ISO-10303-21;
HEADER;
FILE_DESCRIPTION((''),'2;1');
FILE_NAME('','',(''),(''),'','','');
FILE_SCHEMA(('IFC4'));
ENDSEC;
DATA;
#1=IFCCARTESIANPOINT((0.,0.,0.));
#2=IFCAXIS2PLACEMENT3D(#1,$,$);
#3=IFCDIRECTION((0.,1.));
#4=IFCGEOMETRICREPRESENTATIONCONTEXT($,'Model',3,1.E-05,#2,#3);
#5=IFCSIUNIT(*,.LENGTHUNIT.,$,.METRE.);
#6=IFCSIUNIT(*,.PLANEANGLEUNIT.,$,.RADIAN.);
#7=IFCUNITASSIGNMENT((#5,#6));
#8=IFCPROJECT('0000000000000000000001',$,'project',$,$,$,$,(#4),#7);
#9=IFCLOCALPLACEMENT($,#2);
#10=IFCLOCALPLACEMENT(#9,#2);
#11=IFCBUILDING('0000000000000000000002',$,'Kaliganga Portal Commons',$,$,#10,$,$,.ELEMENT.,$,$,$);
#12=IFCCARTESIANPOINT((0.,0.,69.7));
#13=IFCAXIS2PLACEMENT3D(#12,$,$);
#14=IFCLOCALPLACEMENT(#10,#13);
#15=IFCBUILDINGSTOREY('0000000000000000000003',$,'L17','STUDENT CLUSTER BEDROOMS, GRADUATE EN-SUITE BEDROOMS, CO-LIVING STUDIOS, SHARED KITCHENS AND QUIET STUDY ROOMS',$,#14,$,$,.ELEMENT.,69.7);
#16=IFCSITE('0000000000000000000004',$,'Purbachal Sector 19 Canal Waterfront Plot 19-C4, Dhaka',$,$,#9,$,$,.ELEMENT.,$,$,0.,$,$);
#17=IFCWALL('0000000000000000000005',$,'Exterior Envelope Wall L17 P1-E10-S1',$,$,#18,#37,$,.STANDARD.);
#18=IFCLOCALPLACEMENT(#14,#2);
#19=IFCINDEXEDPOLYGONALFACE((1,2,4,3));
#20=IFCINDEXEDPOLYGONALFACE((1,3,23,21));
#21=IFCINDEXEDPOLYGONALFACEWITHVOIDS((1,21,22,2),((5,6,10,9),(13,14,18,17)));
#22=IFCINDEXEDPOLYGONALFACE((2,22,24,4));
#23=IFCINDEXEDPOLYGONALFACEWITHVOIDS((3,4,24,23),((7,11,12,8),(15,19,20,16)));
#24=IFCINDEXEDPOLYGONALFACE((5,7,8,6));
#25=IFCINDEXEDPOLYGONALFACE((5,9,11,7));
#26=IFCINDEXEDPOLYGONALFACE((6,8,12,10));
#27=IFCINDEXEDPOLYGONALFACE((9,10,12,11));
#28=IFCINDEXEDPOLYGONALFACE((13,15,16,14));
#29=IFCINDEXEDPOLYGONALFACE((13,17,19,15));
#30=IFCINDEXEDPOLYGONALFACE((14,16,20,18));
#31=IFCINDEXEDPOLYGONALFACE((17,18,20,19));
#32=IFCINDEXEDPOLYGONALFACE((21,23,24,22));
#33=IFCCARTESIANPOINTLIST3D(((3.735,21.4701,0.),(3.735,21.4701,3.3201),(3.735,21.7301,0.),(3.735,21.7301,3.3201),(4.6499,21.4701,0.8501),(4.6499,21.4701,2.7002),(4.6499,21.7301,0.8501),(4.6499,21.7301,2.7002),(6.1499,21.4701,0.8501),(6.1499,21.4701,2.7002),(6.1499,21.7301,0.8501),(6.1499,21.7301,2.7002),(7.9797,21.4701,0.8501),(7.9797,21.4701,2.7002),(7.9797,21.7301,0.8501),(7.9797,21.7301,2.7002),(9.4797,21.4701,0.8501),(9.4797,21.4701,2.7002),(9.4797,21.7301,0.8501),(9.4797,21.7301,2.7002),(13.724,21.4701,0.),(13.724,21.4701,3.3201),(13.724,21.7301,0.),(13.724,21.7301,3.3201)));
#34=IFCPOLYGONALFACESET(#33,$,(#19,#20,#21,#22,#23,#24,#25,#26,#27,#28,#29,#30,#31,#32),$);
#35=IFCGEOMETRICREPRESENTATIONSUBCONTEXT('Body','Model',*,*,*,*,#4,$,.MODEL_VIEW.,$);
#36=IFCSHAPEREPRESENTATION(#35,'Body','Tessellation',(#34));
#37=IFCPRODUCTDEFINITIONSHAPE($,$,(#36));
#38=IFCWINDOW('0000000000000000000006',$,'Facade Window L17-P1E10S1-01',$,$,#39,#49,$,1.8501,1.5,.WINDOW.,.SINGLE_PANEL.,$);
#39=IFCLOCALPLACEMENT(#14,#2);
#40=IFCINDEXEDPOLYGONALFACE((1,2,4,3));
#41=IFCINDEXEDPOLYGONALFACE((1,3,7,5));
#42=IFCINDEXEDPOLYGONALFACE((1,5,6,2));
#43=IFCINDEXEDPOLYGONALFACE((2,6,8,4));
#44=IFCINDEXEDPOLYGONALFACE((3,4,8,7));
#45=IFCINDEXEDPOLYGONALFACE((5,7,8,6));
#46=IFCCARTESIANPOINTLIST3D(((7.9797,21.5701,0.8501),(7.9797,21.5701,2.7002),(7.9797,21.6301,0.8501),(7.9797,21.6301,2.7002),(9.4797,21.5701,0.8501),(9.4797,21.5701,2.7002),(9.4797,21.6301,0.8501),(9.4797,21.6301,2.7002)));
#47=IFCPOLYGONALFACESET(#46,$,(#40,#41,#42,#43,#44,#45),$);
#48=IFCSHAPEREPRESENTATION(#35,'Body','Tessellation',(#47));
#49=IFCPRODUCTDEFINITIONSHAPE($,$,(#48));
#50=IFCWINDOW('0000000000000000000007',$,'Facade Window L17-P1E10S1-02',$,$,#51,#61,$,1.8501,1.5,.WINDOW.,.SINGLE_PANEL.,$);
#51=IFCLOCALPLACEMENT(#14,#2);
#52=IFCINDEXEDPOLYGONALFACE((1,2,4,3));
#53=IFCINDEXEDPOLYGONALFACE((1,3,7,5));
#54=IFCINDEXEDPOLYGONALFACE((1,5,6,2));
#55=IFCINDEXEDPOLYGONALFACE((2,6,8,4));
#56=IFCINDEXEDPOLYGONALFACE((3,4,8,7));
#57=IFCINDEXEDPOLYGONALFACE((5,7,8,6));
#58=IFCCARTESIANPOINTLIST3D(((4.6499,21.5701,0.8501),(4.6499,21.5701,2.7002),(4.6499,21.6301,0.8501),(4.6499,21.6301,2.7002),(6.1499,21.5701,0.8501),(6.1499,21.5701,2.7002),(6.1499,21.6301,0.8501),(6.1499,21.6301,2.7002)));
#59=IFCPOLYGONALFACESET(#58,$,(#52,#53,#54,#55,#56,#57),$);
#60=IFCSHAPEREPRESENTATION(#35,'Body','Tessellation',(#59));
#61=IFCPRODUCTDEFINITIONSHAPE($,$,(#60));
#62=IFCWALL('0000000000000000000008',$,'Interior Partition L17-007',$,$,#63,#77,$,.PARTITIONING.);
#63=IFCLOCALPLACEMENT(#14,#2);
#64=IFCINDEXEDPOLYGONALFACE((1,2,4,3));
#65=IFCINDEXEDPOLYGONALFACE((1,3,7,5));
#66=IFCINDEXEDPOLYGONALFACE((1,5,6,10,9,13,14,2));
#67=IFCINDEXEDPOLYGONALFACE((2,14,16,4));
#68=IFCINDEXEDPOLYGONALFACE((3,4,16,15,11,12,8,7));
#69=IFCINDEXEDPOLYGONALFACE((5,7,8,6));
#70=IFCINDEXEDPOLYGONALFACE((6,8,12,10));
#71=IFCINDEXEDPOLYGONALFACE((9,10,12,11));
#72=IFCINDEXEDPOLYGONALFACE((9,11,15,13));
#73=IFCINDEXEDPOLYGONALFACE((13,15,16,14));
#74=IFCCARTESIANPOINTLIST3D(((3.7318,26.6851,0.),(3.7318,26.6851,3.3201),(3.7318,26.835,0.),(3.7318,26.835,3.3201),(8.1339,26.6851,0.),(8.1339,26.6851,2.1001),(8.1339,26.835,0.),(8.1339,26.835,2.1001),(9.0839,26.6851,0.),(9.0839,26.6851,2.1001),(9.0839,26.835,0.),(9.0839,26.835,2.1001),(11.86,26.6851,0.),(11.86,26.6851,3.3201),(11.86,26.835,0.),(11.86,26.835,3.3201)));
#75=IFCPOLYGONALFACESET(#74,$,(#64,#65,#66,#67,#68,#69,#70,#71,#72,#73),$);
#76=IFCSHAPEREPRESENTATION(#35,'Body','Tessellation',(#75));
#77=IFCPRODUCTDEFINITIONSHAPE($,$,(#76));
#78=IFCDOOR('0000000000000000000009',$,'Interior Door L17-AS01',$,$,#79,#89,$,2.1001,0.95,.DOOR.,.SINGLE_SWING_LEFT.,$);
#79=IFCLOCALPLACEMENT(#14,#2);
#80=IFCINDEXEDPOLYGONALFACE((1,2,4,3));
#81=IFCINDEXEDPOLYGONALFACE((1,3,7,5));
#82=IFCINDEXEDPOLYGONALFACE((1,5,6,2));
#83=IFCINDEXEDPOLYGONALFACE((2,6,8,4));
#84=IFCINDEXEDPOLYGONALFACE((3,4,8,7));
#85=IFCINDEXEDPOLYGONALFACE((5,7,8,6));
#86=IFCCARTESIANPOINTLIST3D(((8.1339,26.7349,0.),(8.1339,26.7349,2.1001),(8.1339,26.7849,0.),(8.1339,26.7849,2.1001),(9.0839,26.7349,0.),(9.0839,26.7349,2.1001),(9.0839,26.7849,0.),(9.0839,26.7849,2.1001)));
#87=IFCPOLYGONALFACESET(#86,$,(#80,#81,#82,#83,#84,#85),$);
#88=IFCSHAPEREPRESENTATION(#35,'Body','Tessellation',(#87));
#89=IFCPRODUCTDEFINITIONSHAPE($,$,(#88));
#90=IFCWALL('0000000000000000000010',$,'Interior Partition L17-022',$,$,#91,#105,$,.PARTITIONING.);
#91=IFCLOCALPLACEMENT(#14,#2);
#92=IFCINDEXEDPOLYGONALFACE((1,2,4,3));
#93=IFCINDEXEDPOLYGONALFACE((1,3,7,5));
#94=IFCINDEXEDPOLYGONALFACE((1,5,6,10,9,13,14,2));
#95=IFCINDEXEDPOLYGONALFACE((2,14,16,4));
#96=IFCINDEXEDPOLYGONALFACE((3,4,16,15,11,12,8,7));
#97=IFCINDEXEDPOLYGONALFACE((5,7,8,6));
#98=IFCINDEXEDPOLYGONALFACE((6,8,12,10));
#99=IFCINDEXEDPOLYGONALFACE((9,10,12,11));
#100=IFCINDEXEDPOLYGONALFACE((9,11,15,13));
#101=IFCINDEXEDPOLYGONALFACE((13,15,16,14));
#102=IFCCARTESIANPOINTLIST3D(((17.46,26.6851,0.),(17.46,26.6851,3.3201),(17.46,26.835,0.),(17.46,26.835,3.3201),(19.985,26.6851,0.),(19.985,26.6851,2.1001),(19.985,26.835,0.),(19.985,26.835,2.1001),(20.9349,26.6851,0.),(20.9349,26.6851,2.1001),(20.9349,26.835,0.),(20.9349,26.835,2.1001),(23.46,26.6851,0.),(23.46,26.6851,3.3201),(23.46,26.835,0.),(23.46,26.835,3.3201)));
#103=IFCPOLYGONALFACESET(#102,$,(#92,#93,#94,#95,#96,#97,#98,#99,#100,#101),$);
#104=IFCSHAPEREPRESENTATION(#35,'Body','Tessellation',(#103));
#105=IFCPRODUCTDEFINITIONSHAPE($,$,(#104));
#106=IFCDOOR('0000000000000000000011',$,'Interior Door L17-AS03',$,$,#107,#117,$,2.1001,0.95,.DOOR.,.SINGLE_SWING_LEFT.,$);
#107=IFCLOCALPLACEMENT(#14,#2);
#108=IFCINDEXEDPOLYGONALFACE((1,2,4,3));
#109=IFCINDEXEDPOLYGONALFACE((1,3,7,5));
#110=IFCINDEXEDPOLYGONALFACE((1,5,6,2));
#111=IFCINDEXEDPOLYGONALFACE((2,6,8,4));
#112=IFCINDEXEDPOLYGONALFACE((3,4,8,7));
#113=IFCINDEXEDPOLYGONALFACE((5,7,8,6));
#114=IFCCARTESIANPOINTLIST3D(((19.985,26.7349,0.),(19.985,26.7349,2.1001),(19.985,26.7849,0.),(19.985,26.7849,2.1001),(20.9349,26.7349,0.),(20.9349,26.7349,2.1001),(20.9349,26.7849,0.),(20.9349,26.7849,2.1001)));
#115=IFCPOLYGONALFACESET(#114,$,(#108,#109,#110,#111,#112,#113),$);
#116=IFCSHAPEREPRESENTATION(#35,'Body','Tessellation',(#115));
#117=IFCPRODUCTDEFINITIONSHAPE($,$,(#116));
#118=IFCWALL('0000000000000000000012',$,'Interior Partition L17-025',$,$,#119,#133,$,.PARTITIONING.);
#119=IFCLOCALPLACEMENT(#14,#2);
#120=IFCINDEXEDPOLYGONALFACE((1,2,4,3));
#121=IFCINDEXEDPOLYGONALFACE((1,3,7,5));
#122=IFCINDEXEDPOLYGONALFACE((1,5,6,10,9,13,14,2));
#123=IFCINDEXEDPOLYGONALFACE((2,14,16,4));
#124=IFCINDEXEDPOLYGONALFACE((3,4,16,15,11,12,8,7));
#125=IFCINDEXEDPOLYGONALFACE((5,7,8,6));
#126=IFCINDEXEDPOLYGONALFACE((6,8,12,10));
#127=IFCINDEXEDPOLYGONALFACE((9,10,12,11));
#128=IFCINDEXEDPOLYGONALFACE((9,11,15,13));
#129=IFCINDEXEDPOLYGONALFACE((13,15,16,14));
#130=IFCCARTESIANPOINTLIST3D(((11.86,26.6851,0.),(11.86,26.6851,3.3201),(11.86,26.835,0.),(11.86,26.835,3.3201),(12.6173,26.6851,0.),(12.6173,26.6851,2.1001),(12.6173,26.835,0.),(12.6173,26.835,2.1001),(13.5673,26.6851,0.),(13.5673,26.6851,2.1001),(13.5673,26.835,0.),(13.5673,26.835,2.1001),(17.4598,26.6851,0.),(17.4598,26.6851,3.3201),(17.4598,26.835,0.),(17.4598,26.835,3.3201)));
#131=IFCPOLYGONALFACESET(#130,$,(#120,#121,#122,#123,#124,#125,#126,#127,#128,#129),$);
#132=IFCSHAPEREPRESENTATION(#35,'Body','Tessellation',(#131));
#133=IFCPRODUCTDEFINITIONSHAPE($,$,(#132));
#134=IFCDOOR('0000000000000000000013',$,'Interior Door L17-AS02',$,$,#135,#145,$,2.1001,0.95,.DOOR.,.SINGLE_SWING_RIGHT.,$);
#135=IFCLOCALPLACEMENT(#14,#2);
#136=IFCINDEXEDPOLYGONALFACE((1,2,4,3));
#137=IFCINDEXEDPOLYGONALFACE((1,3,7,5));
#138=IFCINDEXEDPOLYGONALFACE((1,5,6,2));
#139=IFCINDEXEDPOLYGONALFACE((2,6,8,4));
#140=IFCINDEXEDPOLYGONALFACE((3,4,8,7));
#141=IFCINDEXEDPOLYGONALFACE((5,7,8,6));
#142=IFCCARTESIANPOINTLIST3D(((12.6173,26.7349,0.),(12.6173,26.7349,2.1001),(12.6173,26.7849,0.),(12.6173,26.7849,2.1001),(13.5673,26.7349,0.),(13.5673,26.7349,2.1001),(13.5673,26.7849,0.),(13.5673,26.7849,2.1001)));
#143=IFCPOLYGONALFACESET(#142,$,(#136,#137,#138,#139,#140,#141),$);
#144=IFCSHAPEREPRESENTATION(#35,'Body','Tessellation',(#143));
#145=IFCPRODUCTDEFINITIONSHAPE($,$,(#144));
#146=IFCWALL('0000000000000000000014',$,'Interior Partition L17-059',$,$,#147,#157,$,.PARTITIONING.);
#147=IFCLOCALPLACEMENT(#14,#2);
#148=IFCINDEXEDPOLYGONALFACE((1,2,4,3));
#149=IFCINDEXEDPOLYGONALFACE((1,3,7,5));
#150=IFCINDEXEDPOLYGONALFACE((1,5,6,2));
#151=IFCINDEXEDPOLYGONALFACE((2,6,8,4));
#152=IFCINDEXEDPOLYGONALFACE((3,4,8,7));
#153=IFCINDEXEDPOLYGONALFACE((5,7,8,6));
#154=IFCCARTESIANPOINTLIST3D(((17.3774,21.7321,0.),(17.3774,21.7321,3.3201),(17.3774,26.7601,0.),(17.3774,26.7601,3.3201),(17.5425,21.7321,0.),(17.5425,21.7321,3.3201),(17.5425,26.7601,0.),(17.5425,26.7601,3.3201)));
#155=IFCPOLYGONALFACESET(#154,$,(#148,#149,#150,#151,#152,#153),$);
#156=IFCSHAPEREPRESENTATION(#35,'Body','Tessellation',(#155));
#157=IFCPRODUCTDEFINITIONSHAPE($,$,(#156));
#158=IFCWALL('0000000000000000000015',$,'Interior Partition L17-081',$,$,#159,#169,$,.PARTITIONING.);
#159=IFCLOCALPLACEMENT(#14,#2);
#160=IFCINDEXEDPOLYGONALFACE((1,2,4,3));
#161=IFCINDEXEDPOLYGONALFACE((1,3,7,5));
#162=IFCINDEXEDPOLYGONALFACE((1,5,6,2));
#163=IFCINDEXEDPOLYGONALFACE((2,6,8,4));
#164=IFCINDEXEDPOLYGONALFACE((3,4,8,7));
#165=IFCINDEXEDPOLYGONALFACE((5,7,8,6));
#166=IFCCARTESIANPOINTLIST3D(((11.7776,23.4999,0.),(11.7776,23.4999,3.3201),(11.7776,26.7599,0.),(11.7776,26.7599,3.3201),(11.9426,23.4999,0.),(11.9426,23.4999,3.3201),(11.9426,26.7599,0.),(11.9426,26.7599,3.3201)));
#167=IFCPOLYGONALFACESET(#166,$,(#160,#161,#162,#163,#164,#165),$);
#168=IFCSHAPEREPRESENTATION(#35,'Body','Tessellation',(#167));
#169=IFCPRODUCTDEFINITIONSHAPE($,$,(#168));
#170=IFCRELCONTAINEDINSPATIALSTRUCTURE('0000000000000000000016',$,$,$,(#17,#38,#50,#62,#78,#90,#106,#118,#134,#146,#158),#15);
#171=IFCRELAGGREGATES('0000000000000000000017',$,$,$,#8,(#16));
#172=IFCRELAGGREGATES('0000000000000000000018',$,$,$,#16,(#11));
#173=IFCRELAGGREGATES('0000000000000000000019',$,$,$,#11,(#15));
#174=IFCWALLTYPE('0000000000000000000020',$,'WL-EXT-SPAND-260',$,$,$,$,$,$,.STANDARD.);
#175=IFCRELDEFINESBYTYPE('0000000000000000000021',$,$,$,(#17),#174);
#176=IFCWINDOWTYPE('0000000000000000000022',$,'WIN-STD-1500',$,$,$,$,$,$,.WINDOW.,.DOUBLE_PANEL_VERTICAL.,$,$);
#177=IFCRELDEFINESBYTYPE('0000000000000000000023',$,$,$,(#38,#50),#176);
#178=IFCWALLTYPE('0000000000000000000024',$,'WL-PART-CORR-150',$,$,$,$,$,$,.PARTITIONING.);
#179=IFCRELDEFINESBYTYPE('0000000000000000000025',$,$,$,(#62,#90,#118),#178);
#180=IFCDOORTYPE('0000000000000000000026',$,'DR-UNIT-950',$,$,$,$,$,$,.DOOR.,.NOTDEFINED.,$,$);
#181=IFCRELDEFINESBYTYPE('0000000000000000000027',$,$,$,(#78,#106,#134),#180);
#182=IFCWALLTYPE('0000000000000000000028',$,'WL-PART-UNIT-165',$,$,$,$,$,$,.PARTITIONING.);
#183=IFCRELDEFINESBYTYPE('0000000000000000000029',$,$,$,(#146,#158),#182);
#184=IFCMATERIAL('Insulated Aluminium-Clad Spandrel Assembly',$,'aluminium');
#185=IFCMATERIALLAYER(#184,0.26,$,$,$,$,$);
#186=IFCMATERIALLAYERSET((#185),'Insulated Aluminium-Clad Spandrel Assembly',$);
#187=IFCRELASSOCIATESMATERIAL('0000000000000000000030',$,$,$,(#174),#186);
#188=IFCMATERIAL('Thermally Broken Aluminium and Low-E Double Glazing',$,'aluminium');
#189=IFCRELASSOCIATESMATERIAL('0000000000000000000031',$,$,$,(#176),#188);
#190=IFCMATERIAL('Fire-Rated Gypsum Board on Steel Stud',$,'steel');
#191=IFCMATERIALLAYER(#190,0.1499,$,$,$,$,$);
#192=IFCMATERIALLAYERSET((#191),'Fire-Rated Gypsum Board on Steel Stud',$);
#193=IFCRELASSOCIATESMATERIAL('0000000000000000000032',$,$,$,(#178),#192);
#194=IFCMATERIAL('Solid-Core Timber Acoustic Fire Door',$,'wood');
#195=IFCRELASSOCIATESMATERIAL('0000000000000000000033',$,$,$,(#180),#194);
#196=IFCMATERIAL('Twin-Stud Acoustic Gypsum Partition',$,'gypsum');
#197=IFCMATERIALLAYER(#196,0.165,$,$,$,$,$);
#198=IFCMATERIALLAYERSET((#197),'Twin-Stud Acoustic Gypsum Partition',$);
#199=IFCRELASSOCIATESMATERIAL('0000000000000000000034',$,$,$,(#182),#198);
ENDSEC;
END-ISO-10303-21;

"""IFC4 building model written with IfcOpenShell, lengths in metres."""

from ifc_helpers import new_model, si_unit, direction, frame, frame_2d, origin, place, context, subcontext, project, spatial, rectangle, extrude, material, layer, layer_set, type_object, element, fill, save


model = new_model("IFC4")

# Units and contexts
model_context = context("Model", 3, precision=1e-05, world=origin(), true_north=direction((0.0, 1.0)))
body_context = subcontext(model_context, "Body", "Model", "MODEL_VIEW")
ifc_project = project(units=[si_unit("LENGTHUNIT", "METRE"), si_unit("PLANEANGLEUNIT", "RADIAN")], contexts=[model_context])

# Site, building, storey
site_placement = place(None, origin())
site = spatial("IfcSite", under=ifc_project, at=site_placement, Name="Purbachal Sector 19 Canal Waterfront Plot 19-C4, Dhaka", CompositionType="ELEMENT", RefElevation=0.0)
building_placement = place(site_placement, origin())
building = spatial("IfcBuilding", under=site, at=building_placement, Name="Kaliganga Portal Commons", CompositionType="ELEMENT")
storey_placement = place(building_placement, frame((0.0, 0.0, 69.7)))
storey = spatial("IfcBuildingStorey", under=building, at=storey_placement, Name="L17", Description="STUDENT CLUSTER BEDROOMS, GRADUATE EN-SUITE BEDROOMS, CO-LIVING STUDIOS, SHARED KITCHENS AND QUIET STUDY ROOMS", CompositionType="ELEMENT", Elevation=69.7)

# Wall, openings, windows
ifc_material_1 = material(Name="Insulated Aluminium-Clad Spandrel Assembly", Category="aluminium")
ifc_layer_1 = layer(ifc_material_1, 0.26)
ifc_layer_set_1 = layer_set([ifc_layer_1], Name="Insulated Aluminium-Clad Spandrel Assembly")
wall_type_1 = type_object("IfcWallType", Name="WL-EXT-SPAND-260", PredefinedType="STANDARD", material=ifc_layer_set_1)
ifc_material_2 = material(Name="Thermally Broken Aluminium and Low-E Double Glazing", Category="aluminium")
window_type_1 = type_object("IfcWindowType", Name="WIN-STD-1500", PartitioningType="DOUBLE_PANEL_VERTICAL", PredefinedType="WINDOW", material=ifc_material_2)
wall_1_placement = place(storey_placement, frame((13.7241, 21.6001, 0.0), z_axis=(0.0, 0.0, 1.0), x_axis=(-1.0, 0.0, 0.0)))
wall_1 = element("IfcWall", 1, at=wall_1_placement, inside=storey, type_object=wall_type_1, Name="Exterior Envelope Wall L17 P1-E10-S1", PredefinedType="STANDARD", context=body_context, shape_type="SweptSolid", body=[
    extrude(rectangle(XDim=9.989, YDim=0.26, at=frame_2d((4.9946, 0.0))), origin(), (0.0, 0.0, 1.0), 3.3201),
])
opening_1_placement = place(wall_1_placement, frame((4.2444, 0.0, 0.8501)))
opening_1 = element("IfcOpeningElement", 2, at=opening_1_placement, cuts=wall_1, PredefinedType="OPENING", context=body_context, shape_type="SweptSolid", body=[
    extrude(rectangle(XDim=1.5, YDim=1.8501, at=frame_2d((0.75, 0.925))), frame((0.0, 0.1401, 0.0), z_axis=(0.0, -1.0, 0.0), x_axis=(1.0, 0.0, 0.0)), (0.0, 0.0, 1.0), 0.28),
])
opening_2_placement = place(wall_1_placement, frame((7.5742, 0.0, 0.8501)))
opening_2 = element("IfcOpeningElement", 3, at=opening_2_placement, cuts=wall_1, PredefinedType="OPENING", context=body_context, shape_type="SweptSolid", body=[
    extrude(rectangle(XDim=1.5, YDim=1.8501, at=frame_2d((0.75, 0.925))), frame((0.0, 0.1401, 0.0), z_axis=(0.0, -1.0, 0.0), x_axis=(1.0, 0.0, 0.0)), (0.0, 0.0, 1.0), 0.28),
])
window_1_placement = place(opening_1_placement, origin())
window_1 = element("IfcWindow", 4, at=window_1_placement, inside=storey, type_object=window_type_1, Name="Facade Window L17-P1E10S1-01", OverallHeight=1.8501, OverallWidth=1.5, PartitioningType="SINGLE_PANEL", PredefinedType="WINDOW", context=body_context, shape_type="SweptSolid", body=[
    extrude(rectangle(XDim=1.5, YDim=1.8501, at=frame_2d((0.75, 0.925))), frame((0.0, 0.03, 0.0), z_axis=(0.0, -1.0, 0.0), x_axis=(1.0, 0.0, 0.0)), (0.0, 0.0, 1.0), 0.0601),
])
fill(opening_1, window_1)
window_2_placement = place(opening_2_placement, origin())
window_2 = element("IfcWindow", 5, at=window_2_placement, inside=storey, type_object=window_type_1, Name="Facade Window L17-P1E10S1-02", OverallHeight=1.8501, OverallWidth=1.5, PartitioningType="SINGLE_PANEL", PredefinedType="WINDOW", context=body_context, shape_type="SweptSolid", body=[
    extrude(rectangle(XDim=1.5, YDim=1.8501, at=frame_2d((0.75, 0.925))), frame((0.0, 0.03, 0.0), z_axis=(0.0, -1.0, 0.0), x_axis=(1.0, 0.0, 0.0)), (0.0, 0.0, 1.0), 0.0601),
])
fill(opening_2, window_2)

# Walls, openings, doors
ifc_material_3 = material(Name="Fire-Rated Gypsum Board on Steel Stud", Category="steel")
ifc_layer_2 = layer(ifc_material_3, 0.1499)
ifc_layer_set_2 = layer_set([ifc_layer_2], Name="Fire-Rated Gypsum Board on Steel Stud")
wall_type_2 = type_object("IfcWallType", Name="WL-PART-CORR-150", PredefinedType="PARTITIONING", material=ifc_layer_set_2)
wall_2_placement = place(storey_placement, frame((3.7319, 26.76, 0.0), z_axis=(0.0, 0.0, 1.0), x_axis=(1.0, 0.0, 0.0)))
wall_2 = element("IfcWall", 6, at=wall_2_placement, inside=storey, type_object=wall_type_2, Name="Interior Partition L17-007", PredefinedType="PARTITIONING", context=body_context, shape_type="SweptSolid", body=[
    extrude(rectangle(XDim=8.1282, YDim=0.1499, at=frame_2d((4.064, 0.0))), origin(), (0.0, 0.0, 1.0), 3.3201),
])
opening_3_placement = place(wall_2_placement, frame((4.4019, 0.0, 0.0)))
opening_3 = element("IfcOpeningElement", 7, at=opening_3_placement, cuts=wall_2, PredefinedType="OPENING", context=body_context, shape_type="SweptSolid", body=[
    extrude(rectangle(XDim=0.95, YDim=2.1001, at=frame_2d((0.4751, 1.05))), frame((0.0, 0.085, 0.0), z_axis=(0.0, -1.0, 0.0), x_axis=(1.0, 0.0, 0.0)), (0.0, 0.0, 1.0), 0.1699),
])
ifc_material_4 = material(Name="Solid-Core Timber Acoustic Fire Door", Category="wood")
door_type_1 = type_object("IfcDoorType", Name="DR-UNIT-950", OperationType="NOTDEFINED", PredefinedType="DOOR", material=ifc_material_4)
door_1_placement = place(opening_3_placement, origin())
door_1 = element("IfcDoor", 8, at=door_1_placement, inside=storey, type_object=door_type_1, Name="Interior Door L17-AS01", OperationType="SINGLE_SWING_LEFT", OverallHeight=2.1001, OverallWidth=0.95, PredefinedType="DOOR", context=body_context, shape_type="SweptSolid", body=[
    extrude(rectangle(XDim=0.95, YDim=2.1001, at=frame_2d((0.4751, 1.05))), frame((0.0, 0.0249, 0.0), z_axis=(0.0, -1.0, 0.0), x_axis=(1.0, 0.0, 0.0)), (0.0, 0.0, 1.0), 0.05),
])
fill(opening_3, door_1)
wall_3_placement = place(storey_placement, frame((17.46, 26.76, 0.0), z_axis=(0.0, 0.0, 1.0), x_axis=(1.0, 0.0, 0.0)))
wall_3 = element("IfcWall", 9, at=wall_3_placement, inside=storey, type_object=wall_type_2, Name="Interior Partition L17-022", PredefinedType="PARTITIONING", context=body_context, shape_type="SweptSolid", body=[
    extrude(rectangle(XDim=6.0, YDim=0.1499, at=frame_2d((3.0, 0.0))), origin(), (0.0, 0.0, 1.0), 3.3201),
])
opening_4_placement = place(wall_3_placement, frame((2.5249, 0.0, 0.0)))
opening_4 = element("IfcOpeningElement", 10, at=opening_4_placement, cuts=wall_3, PredefinedType="OPENING", context=body_context, shape_type="SweptSolid", body=[
    extrude(rectangle(XDim=0.95, YDim=2.1001, at=frame_2d((0.4751, 1.05))), frame((0.0, 0.085, 0.0), z_axis=(0.0, -1.0, 0.0), x_axis=(1.0, 0.0, 0.0)), (0.0, 0.0, 1.0), 0.1699),
])
door_2_placement = place(opening_4_placement, origin())
door_2 = element("IfcDoor", 11, at=door_2_placement, inside=storey, type_object=door_type_1, Name="Interior Door L17-AS03", OperationType="SINGLE_SWING_LEFT", OverallHeight=2.1001, OverallWidth=0.95, PredefinedType="DOOR", context=body_context, shape_type="SweptSolid", body=[
    extrude(rectangle(XDim=0.95, YDim=2.1001, at=frame_2d((0.4751, 1.05))), frame((0.0, 0.0249, 0.0), z_axis=(0.0, -1.0, 0.0), x_axis=(1.0, 0.0, 0.0)), (0.0, 0.0, 1.0), 0.05),
])
fill(opening_4, door_2)
wall_4_placement = place(storey_placement, frame((11.8601, 26.76, 0.0), z_axis=(0.0, 0.0, 1.0), x_axis=(1.0, 0.0, 0.0)))
wall_4 = element("IfcWall", 12, at=wall_4_placement, inside=storey, type_object=wall_type_2, Name="Interior Partition L17-025", PredefinedType="PARTITIONING", context=body_context, shape_type="SweptSolid", body=[
    extrude(rectangle(XDim=5.5999, YDim=0.1499, at=frame_2d((2.7998, 0.0))), origin(), (0.0, 0.0, 1.0), 3.3201),
])
opening_5_placement = place(wall_4_placement, frame((0.7571, 0.0, 0.0)))
opening_5 = element("IfcOpeningElement", 13, at=opening_5_placement, cuts=wall_4, PredefinedType="OPENING", context=body_context, shape_type="SweptSolid", body=[
    extrude(rectangle(XDim=0.95, YDim=2.1001, at=frame_2d((0.4751, 1.05))), frame((0.0, 0.085, 0.0), z_axis=(0.0, -1.0, 0.0), x_axis=(1.0, 0.0, 0.0)), (0.0, 0.0, 1.0), 0.1699),
])
door_3_placement = place(opening_5_placement, origin())
door_3 = element("IfcDoor", 14, at=door_3_placement, inside=storey, type_object=door_type_1, Name="Interior Door L17-AS02", OperationType="SINGLE_SWING_RIGHT", OverallHeight=2.1001, OverallWidth=0.95, PredefinedType="DOOR", context=body_context, shape_type="SweptSolid", body=[
    extrude(rectangle(XDim=0.95, YDim=2.1001, at=frame_2d((0.4751, 1.05))), frame((0.0, 0.0249, 0.0), z_axis=(0.0, -1.0, 0.0), x_axis=(1.0, 0.0, 0.0)), (0.0, 0.0, 1.0), 0.05),
])
fill(opening_5, door_3)

# Walls
ifc_material_5 = material(Name="Twin-Stud Acoustic Gypsum Partition", Category="gypsum")
ifc_layer_3 = layer(ifc_material_5, 0.165)
ifc_layer_set_3 = layer_set([ifc_layer_3], Name="Twin-Stud Acoustic Gypsum Partition")
wall_type_3 = type_object("IfcWallType", Name="WL-PART-UNIT-165", PredefinedType="PARTITIONING", material=ifc_layer_set_3)
wall_5_placement = place(storey_placement, frame((17.46, 21.7319, 0.0), z_axis=(0.0, 0.0, 1.0), x_axis=(0.0, 1.0, 0.0)))
element("IfcWall", 15, at=wall_5_placement, inside=storey, type_object=wall_type_3, Name="Interior Partition L17-059", PredefinedType="PARTITIONING", context=body_context, shape_type="SweptSolid", body=[
    extrude(rectangle(XDim=5.0281, YDim=0.165, at=frame_2d((2.5142, 0.0))), origin(), (0.0, 0.0, 1.0), 3.3201),
])
wall_6_placement = place(storey_placement, frame((11.8601, 23.5, 0.0), z_axis=(0.0, 0.0, 1.0), x_axis=(0.0, 1.0, 0.0)))
element("IfcWall", 16, at=wall_6_placement, inside=storey, type_object=wall_type_3, Name="Interior Partition L17-081", PredefinedType="PARTITIONING", context=body_context, shape_type="SweptSolid", body=[
    extrude(rectangle(XDim=3.26, YDim=0.165, at=frame_2d((1.6299, 0.0))), origin(), (0.0, 0.0, 1.0), 3.3201),
])

save(model, "model.ifc")
